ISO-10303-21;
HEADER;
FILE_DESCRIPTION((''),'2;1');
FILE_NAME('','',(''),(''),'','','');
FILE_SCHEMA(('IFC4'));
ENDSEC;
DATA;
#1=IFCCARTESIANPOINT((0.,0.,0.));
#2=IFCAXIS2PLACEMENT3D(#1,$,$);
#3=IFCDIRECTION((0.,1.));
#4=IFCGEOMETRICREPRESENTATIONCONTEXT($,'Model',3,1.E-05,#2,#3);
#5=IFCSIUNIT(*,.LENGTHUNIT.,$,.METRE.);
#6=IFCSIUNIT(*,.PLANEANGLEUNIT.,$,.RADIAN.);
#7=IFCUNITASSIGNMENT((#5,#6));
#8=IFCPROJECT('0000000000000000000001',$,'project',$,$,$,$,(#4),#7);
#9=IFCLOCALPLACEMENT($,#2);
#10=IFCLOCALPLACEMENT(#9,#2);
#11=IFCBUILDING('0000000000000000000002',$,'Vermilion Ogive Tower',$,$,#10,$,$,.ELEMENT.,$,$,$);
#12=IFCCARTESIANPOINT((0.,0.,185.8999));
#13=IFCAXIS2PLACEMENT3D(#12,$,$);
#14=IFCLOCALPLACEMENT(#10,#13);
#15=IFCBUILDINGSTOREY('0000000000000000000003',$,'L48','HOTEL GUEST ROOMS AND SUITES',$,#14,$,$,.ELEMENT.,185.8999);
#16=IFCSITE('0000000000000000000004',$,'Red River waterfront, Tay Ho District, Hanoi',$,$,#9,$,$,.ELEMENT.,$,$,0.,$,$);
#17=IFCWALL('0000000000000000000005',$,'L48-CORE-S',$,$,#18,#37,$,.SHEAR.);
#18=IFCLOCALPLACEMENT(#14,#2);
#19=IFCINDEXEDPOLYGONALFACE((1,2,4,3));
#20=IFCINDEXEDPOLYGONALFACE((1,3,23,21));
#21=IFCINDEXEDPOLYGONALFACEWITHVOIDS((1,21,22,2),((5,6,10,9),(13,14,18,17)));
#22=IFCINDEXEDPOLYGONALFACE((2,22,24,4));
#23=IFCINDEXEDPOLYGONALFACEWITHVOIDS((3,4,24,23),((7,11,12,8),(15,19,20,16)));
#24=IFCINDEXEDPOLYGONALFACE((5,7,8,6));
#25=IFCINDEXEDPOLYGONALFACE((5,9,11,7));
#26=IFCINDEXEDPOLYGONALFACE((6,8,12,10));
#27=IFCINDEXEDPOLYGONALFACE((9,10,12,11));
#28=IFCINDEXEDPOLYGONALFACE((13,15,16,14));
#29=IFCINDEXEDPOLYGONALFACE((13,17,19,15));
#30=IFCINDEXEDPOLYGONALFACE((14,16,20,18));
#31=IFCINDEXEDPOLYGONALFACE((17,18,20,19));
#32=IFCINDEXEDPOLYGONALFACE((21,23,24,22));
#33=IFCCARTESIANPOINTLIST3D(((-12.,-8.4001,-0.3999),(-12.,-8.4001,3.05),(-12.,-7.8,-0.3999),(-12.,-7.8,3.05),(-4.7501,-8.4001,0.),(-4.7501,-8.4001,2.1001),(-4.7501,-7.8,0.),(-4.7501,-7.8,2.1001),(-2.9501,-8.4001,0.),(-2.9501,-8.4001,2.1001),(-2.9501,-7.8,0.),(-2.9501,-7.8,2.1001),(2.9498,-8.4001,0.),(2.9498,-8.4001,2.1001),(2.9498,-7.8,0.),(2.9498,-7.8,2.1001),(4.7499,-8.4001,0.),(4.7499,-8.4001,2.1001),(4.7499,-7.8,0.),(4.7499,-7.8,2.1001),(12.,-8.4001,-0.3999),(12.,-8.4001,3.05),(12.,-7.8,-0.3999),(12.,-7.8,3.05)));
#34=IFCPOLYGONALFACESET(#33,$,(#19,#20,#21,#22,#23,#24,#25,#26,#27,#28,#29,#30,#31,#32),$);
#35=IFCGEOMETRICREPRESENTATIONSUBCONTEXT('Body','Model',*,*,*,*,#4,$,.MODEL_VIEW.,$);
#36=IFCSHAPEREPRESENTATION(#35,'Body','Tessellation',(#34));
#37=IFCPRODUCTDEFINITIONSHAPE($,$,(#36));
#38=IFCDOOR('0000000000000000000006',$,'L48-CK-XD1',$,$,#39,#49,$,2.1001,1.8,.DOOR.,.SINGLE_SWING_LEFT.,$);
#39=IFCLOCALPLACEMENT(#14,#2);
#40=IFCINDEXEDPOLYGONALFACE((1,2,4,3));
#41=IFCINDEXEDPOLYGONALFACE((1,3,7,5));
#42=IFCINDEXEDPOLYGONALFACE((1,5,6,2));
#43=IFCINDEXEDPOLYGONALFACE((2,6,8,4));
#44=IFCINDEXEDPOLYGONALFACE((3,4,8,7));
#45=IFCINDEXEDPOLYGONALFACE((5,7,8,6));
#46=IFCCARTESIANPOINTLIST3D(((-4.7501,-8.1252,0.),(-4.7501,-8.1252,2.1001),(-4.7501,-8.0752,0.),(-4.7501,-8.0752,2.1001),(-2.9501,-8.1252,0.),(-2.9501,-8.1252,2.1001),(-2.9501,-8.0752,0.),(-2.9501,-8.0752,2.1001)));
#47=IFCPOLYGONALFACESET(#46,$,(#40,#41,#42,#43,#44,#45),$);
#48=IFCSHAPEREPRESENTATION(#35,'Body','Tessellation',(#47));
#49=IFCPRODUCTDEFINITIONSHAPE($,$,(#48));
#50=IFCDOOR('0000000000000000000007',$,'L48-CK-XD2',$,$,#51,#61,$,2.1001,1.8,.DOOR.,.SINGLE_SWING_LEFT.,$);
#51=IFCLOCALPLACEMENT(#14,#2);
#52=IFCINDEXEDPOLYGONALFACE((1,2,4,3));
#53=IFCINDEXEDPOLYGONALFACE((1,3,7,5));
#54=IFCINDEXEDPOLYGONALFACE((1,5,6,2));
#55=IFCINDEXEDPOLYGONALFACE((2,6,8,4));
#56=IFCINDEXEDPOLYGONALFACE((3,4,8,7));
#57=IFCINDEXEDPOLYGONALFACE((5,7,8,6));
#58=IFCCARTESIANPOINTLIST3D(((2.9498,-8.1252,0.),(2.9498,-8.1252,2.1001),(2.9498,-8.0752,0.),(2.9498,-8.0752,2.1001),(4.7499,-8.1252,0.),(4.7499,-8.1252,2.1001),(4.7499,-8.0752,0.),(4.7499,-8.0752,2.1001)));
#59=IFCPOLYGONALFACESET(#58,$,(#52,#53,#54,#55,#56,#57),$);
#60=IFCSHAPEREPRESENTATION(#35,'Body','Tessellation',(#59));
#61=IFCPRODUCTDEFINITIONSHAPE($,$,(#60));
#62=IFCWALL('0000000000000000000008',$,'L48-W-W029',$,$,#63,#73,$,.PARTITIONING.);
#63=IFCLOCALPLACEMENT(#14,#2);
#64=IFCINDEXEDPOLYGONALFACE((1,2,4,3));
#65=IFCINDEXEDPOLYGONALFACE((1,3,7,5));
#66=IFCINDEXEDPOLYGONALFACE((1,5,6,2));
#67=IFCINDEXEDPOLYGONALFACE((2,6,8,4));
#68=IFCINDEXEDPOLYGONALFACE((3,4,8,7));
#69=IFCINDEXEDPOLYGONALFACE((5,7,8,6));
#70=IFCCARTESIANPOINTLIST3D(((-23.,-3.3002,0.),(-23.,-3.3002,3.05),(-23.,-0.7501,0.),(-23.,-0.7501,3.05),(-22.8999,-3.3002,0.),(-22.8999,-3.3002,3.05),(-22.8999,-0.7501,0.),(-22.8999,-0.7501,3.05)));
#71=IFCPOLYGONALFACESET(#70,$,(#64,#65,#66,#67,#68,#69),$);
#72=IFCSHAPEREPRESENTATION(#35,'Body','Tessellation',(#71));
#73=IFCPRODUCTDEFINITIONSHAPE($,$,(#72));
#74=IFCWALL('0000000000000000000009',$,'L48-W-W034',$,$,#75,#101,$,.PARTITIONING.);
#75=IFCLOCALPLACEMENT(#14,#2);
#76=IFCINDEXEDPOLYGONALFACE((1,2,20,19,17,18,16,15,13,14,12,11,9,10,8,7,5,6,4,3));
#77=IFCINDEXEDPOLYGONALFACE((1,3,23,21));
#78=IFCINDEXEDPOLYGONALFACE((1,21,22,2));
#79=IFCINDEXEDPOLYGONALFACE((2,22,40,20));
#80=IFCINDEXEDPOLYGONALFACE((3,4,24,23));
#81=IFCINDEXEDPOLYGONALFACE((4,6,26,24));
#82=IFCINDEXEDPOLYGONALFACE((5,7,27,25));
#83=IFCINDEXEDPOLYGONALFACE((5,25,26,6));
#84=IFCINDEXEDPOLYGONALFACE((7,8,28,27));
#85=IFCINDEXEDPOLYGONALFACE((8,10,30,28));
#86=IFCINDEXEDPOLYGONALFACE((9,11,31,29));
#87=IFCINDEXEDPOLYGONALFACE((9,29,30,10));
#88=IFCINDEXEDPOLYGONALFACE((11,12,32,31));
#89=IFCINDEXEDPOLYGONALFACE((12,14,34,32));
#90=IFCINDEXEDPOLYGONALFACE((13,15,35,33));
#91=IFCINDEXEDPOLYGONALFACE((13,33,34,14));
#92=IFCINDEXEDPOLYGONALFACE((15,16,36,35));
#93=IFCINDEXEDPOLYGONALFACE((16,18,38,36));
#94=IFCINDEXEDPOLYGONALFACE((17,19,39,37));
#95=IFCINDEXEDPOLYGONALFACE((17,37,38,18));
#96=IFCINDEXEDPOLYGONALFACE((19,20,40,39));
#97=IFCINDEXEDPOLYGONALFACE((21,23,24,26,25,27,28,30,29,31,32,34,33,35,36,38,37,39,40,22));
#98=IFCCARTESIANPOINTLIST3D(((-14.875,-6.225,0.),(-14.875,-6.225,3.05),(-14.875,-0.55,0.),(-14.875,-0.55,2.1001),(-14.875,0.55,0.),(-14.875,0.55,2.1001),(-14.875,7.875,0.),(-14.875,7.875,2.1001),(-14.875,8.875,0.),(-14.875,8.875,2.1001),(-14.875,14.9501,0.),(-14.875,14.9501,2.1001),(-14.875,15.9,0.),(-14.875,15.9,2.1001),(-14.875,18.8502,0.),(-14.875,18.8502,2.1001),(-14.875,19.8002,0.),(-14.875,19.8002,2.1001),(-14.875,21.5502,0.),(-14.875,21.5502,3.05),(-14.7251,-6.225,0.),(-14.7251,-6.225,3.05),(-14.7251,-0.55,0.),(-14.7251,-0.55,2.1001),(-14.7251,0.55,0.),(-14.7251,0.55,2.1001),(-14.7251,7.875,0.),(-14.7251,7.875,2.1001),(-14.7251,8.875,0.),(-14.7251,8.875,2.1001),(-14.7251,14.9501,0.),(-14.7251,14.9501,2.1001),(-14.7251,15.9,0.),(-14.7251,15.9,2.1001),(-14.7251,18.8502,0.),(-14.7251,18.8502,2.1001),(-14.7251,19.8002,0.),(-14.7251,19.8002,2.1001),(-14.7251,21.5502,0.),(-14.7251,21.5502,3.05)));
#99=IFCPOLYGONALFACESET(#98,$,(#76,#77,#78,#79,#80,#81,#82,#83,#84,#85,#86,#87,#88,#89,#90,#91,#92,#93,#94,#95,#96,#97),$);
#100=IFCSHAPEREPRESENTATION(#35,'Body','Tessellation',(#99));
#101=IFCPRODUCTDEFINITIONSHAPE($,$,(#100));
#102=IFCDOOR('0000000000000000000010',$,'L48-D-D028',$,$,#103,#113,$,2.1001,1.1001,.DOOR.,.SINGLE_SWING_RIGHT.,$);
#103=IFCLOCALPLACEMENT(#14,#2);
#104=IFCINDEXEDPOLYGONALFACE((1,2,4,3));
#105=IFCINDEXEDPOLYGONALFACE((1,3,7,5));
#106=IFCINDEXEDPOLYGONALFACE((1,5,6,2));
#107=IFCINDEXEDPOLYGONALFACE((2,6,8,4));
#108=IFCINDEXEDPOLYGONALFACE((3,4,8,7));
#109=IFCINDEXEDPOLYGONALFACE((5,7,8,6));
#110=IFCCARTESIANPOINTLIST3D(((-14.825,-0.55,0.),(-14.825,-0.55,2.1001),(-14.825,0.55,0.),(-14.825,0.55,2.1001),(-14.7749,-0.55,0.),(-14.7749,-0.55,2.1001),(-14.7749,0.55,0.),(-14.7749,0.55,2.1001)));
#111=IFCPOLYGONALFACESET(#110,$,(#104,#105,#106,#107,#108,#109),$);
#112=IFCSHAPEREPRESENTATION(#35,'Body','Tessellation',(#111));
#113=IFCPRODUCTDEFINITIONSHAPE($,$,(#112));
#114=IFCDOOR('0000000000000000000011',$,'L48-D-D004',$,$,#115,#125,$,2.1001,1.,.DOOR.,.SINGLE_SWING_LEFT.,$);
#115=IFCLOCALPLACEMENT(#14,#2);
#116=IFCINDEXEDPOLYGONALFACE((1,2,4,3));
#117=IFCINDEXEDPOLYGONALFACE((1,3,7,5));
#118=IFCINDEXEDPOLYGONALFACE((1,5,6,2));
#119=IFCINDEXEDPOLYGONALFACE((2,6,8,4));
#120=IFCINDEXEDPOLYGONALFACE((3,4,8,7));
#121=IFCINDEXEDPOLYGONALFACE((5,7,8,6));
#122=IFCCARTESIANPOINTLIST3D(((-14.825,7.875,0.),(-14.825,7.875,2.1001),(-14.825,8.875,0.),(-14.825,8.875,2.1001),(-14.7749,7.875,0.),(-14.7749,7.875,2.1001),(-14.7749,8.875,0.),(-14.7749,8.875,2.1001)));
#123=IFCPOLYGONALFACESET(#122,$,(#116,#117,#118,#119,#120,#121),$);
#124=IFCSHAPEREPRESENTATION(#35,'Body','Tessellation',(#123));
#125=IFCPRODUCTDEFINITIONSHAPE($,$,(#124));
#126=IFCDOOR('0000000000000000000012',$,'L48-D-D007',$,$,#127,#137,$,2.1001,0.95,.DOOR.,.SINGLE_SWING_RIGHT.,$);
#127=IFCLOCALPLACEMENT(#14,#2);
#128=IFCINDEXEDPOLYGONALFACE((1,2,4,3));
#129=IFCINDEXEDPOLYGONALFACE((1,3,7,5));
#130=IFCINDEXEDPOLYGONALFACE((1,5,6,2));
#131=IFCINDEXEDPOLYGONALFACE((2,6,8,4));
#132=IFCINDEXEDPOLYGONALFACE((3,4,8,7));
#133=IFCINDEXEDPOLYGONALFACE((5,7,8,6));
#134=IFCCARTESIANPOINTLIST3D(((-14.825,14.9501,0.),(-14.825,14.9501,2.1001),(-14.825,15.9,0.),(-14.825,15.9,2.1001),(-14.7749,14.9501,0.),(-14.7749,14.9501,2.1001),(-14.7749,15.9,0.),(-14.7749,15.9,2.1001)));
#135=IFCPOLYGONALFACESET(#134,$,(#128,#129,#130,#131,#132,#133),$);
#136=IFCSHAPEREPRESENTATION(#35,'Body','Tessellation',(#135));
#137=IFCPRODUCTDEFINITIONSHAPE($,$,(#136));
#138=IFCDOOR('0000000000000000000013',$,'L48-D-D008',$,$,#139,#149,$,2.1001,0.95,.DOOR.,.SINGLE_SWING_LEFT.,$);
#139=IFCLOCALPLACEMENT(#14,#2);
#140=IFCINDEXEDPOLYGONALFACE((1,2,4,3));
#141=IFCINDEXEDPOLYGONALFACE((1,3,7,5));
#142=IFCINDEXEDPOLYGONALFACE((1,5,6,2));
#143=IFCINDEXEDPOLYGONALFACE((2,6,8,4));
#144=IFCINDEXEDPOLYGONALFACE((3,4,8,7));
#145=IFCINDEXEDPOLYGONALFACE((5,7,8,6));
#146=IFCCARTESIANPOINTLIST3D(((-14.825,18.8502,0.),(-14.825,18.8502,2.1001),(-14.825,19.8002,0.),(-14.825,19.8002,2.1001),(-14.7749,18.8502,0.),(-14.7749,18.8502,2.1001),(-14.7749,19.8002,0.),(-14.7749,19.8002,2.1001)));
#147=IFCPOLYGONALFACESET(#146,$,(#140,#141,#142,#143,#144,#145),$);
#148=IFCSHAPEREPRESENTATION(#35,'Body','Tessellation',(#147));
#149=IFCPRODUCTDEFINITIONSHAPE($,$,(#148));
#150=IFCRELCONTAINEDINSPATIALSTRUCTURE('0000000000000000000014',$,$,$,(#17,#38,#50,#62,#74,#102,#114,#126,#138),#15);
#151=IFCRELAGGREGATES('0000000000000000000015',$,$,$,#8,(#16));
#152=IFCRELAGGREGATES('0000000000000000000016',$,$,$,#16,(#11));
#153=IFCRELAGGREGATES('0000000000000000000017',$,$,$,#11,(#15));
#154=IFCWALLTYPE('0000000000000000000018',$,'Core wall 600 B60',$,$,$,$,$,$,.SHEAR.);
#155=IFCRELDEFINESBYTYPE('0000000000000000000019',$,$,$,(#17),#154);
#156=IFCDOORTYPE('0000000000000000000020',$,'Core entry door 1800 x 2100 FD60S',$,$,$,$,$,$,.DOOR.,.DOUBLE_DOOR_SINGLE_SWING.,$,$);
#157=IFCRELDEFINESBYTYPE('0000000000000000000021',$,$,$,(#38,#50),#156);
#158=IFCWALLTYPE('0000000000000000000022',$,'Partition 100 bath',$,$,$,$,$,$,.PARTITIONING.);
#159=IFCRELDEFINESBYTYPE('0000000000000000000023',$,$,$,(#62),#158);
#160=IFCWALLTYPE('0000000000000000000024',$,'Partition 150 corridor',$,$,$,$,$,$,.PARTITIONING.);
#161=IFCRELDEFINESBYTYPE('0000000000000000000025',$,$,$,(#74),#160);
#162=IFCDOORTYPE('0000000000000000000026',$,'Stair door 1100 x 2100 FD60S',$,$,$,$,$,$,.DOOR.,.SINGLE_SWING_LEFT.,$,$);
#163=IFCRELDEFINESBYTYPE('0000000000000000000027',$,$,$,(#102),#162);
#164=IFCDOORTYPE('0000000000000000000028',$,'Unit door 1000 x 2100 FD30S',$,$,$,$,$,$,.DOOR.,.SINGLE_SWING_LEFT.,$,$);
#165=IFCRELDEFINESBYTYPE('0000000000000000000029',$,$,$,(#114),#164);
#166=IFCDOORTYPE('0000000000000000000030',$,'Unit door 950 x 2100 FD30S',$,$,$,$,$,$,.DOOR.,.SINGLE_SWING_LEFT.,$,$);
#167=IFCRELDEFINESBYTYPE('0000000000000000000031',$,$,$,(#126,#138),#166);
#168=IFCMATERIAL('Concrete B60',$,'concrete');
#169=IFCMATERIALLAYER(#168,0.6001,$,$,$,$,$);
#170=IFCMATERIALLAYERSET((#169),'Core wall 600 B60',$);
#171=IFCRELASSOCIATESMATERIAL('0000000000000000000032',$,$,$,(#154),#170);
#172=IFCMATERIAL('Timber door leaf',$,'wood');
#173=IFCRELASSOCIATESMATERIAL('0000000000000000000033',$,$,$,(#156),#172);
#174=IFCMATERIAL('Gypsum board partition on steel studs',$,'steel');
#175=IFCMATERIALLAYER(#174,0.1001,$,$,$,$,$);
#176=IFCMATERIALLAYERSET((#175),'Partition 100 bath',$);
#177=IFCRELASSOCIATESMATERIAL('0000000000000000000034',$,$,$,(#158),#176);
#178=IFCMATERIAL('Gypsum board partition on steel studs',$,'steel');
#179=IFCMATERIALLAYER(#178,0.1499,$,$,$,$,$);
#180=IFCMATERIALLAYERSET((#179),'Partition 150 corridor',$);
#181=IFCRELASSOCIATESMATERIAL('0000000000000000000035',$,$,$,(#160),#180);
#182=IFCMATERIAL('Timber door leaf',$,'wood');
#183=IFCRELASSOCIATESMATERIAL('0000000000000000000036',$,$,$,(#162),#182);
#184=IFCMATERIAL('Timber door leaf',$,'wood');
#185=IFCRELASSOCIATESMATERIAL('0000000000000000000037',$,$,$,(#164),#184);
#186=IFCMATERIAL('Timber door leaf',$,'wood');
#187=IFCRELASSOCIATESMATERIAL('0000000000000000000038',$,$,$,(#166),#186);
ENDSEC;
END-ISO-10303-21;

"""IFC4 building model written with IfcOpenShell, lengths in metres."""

from ifc_helpers import new_model, si_unit, direction, frame, frame_2d, origin, place, context, subcontext, project, spatial, rectangle, extrude, material, layer, layer_set, type_object, element, fill, save


model = new_model("IFC4")

# Units and contexts
model_context = context("Model", 3, precision=1e-05, world=origin(), true_north=direction((0.0, 1.0)))
body_context = subcontext(model_context, "Body", "Model", "MODEL_VIEW")
ifc_project = project(units=[si_unit("LENGTHUNIT", "METRE"), si_unit("PLANEANGLEUNIT", "RADIAN")], contexts=[model_context])

# Site, building, storey
site_placement = place(None, origin())
site = spatial("IfcSite", under=ifc_project, at=site_placement, Name="Red River waterfront, Tay Ho District, Hanoi", CompositionType="ELEMENT", RefElevation=0.0)
building_placement = place(site_placement, origin())
building = spatial("IfcBuilding", under=site, at=building_placement, Name="Vermilion Ogive Tower", CompositionType="ELEMENT")
storey_placement = place(building_placement, frame((0.0, 0.0, 185.8999)))
storey = spatial("IfcBuildingStorey", under=building, at=storey_placement, Name="L48", Description="HOTEL GUEST ROOMS AND SUITES", CompositionType="ELEMENT", Elevation=185.8999)

# Wall, openings, doors
ifc_material_1 = material(Name="Concrete B60", Category="concrete")
ifc_layer_1 = layer(ifc_material_1, 0.6001)
ifc_layer_set_1 = layer_set([ifc_layer_1], Name="Core wall 600 B60")
wall_type_1 = type_object("IfcWallType", Name="Core wall 600 B60", PredefinedType="SHEAR", material=ifc_layer_set_1)
wall_1_placement = place(storey_placement, frame((-12.0, -8.1001, -0.3999), z_axis=(0.0, 0.0, 1.0), x_axis=(1.0, 0.0, 0.0)))
wall_1 = element("IfcWall", 1, at=wall_1_placement, inside=storey, type_object=wall_type_1, Name="L48-CORE-S", PredefinedType="SHEAR", context=body_context, shape_type="SweptSolid", body=[
    extrude(rectangle(XDim=24.0, YDim=0.6001, at=frame_2d((12.0, 0.0))), origin(), (0.0, 0.0, 1.0), 3.45),
])
opening_1_placement = place(wall_1_placement, frame((7.25, 0.0, 0.3999)))
opening_1 = element("IfcOpeningElement", 2, at=opening_1_placement, cuts=wall_1, PredefinedType="OPENING", context=body_context, shape_type="SweptSolid", body=[
    extrude(rectangle(XDim=1.8, YDim=2.1001, at=frame_2d((0.8999, 1.05))), frame((0.0, 0.3101, 0.0), z_axis=(0.0, -1.0, 0.0), x_axis=(1.0, 0.0, 0.0)), (0.0, 0.0, 1.0), 0.6201),
])
opening_2_placement = place(wall_1_placement, frame((14.95, 0.0, 0.3999)))
opening_2 = element("IfcOpeningElement", 3, at=opening_2_placement, cuts=wall_1, PredefinedType="OPENING", context=body_context, shape_type="SweptSolid", body=[
    extrude(rectangle(XDim=1.8, YDim=2.1001, at=frame_2d((0.8999, 1.05))), frame((0.0, 0.3101, 0.0), z_axis=(0.0, -1.0, 0.0), x_axis=(1.0, 0.0, 0.0)), (0.0, 0.0, 1.0), 0.6201),
])
ifc_material_2 = material(Name="Timber door leaf", Category="wood")
door_type_1 = type_object("IfcDoorType", Name="Core entry door 1800 x 2100 FD60S", OperationType="DOUBLE_DOOR_SINGLE_SWING", PredefinedType="DOOR", material=ifc_material_2)
door_1_placement = place(opening_1_placement, origin())
door_1 = element("IfcDoor", 4, at=door_1_placement, inside=storey, type_object=door_type_1, Name="L48-CK-XD1", OperationType="SINGLE_SWING_LEFT", OverallHeight=2.1001, OverallWidth=1.8, PredefinedType="DOOR", context=body_context, shape_type="SweptSolid", body=[
    extrude(rectangle(XDim=1.8, YDim=2.1001, at=frame_2d((0.8999, 1.05))), frame((0.0, 0.0249, 0.0), z_axis=(0.0, -1.0, 0.0), x_axis=(1.0, 0.0, 0.0)), (0.0, 0.0, 1.0), 0.05),
])
fill(opening_1, door_1)
door_2_placement = place(opening_2_placement, origin())
door_2 = element("IfcDoor", 5, at=door_2_placement, inside=storey, type_object=door_type_1, Name="L48-CK-XD2", OperationType="SINGLE_SWING_LEFT", OverallHeight=2.1001, OverallWidth=1.8, PredefinedType="DOOR", context=body_context, shape_type="SweptSolid", body=[
    extrude(rectangle(XDim=1.8, YDim=2.1001, at=frame_2d((0.8999, 1.05))), frame((0.0, 0.0249, 0.0), z_axis=(0.0, -1.0, 0.0), x_axis=(1.0, 0.0, 0.0)), (0.0, 0.0, 1.0), 0.05),
])
fill(opening_2, door_2)

# Wall
ifc_material_3 = material(Name="Gypsum board partition on steel studs", Category="steel")
ifc_layer_2 = layer(ifc_material_3, 0.1001)
ifc_layer_set_2 = layer_set([ifc_layer_2], Name="Partition 100 bath")
wall_type_2 = type_object("IfcWallType", Name="Partition 100 bath", PredefinedType="PARTITIONING", material=ifc_layer_set_2)
wall_2_placement = place(storey_placement, frame((-22.95, -3.3, 0.0), z_axis=(0.0, 0.0, 1.0), x_axis=(0.0, 1.0, 0.0)))
element("IfcWall", 6, at=wall_2_placement, inside=storey, type_object=wall_type_2, Name="L48-W-W029", PredefinedType="PARTITIONING", context=body_context, shape_type="SweptSolid", body=[
    extrude(rectangle(XDim=2.55, YDim=0.1001, at=frame_2d((1.2749, 0.0))), origin(), (0.0, 0.0, 1.0), 3.05),
])

# Wall, openings, doors
ifc_material_4 = material(Name="Gypsum board partition on steel studs", Category="steel")
ifc_layer_3 = layer(ifc_material_4, 0.1499)
ifc_layer_set_3 = layer_set([ifc_layer_3], Name="Partition 150 corridor")
wall_type_3 = type_object("IfcWallType", Name="Partition 150 corridor", PredefinedType="PARTITIONING", material=ifc_layer_set_3)
wall_3_placement = place(storey_placement, frame((-14.8, -6.2251, 0.0), z_axis=(0.0, 0.0, 1.0), x_axis=(0.0, 1.0, 0.0)))
wall_3 = element("IfcWall", 7, at=wall_3_placement, inside=storey, type_object=wall_type_3, Name="L48-W-W034", PredefinedType="PARTITIONING", context=body_context, shape_type="SweptSolid", body=[
    extrude(rectangle(XDim=27.7751, YDim=0.1499, at=frame_2d((13.8877, 0.0))), origin(), (0.0, 0.0, 1.0), 3.05),
])
opening_3_placement = place(wall_3_placement, frame((14.1001, 0.0, 0.0)))
opening_3 = element("IfcOpeningElement", 8, at=opening_3_placement, cuts=wall_3, PredefinedType="OPENING", context=body_context, shape_type="SweptSolid", body=[
    extrude(rectangle(XDim=1.0, YDim=2.1001, at=frame_2d((0.5, 1.05))), frame((0.0, 0.085, 0.0), z_axis=(0.0, -1.0, 0.0), x_axis=(1.0, 0.0, 0.0)), (0.0, 0.0, 1.0), 0.1699),
])
opening_4_placement = place(wall_3_placement, frame((21.175, 0.0, 0.0)))
opening_4 = element("IfcOpeningElement", 9, at=opening_4_placement, cuts=wall_3, PredefinedType="OPENING", context=body_context, shape_type="SweptSolid", body=[
    extrude(rectangle(XDim=0.95, YDim=2.1001, at=frame_2d((0.4751, 1.05))), frame((0.0, 0.085, 0.0), z_axis=(0.0, -1.0, 0.0), x_axis=(1.0, 0.0, 0.0)), (0.0, 0.0, 1.0), 0.1699),
])
opening_5_placement = place(wall_3_placement, frame((25.0752, 0.0, 0.0)))
opening_5 = element("IfcOpeningElement", 10, at=opening_5_placement, cuts=wall_3, PredefinedType="OPENING", context=body_context, shape_type="SweptSolid", body=[
    extrude(rectangle(XDim=0.95, YDim=2.1001, at=frame_2d((0.4751, 1.05))), frame((0.0, 0.085, 0.0), z_axis=(0.0, -1.0, 0.0), x_axis=(1.0, 0.0, 0.0)), (0.0, 0.0, 1.0), 0.1699),
])
opening_6_placement = place(wall_3_placement, frame((5.675, 0.0, 0.0)))
opening_6 = element("IfcOpeningElement", 11, at=opening_6_placement, cuts=wall_3, PredefinedType="OPENING", context=body_context, shape_type="SweptSolid", body=[
    extrude(rectangle(XDim=1.1001, YDim=2.1001, at=frame_2d((0.55, 1.05))), frame((0.0, 0.085, 0.0), z_axis=(0.0, -1.0, 0.0), x_axis=(1.0, 0.0, 0.0)), (0.0, 0.0, 1.0), 0.1699),
])
ifc_material_5 = material(Name="Timber door leaf", Category="wood")
door_type_2 = type_object("IfcDoorType", Name="Stair door 1100 x 2100 FD60S", OperationType="SINGLE_SWING_LEFT", PredefinedType="DOOR", material=ifc_material_5)
door_3_placement = place(opening_6_placement, origin())
door_3 = element("IfcDoor", 12, at=door_3_placement, inside=storey, type_object=door_type_2, Name="L48-D-D028", OperationType="SINGLE_SWING_RIGHT", OverallHeight=2.1001, OverallWidth=1.1001, PredefinedType="DOOR", context=body_context, shape_type="SweptSolid", body=[
    extrude(rectangle(XDim=1.1001, YDim=2.1001, at=frame_2d((0.55, 1.05))), frame((0.0, 0.0249, 0.0), z_axis=(0.0, -1.0, 0.0), x_axis=(1.0, 0.0, 0.0)), (0.0, 0.0, 1.0), 0.05),
])
fill(opening_6, door_3)
ifc_material_6 = material(Name="Timber door leaf", Category="wood")
door_type_3 = type_object("IfcDoorType", Name="Unit door 1000 x 2100 FD30S", OperationType="SINGLE_SWING_LEFT", PredefinedType="DOOR", material=ifc_material_6)
door_4_placement = place(opening_3_placement, origin())
door_4 = element("IfcDoor", 13, at=door_4_placement, inside=storey, type_object=door_type_3, Name="L48-D-D004", OperationType="SINGLE_SWING_LEFT", OverallHeight=2.1001, OverallWidth=1.0, PredefinedType="DOOR", context=body_context, shape_type="SweptSolid", body=[
    extrude(rectangle(XDim=1.0, YDim=2.1001, at=frame_2d((0.5, 1.05))), frame((0.0, 0.0249, 0.0), z_axis=(0.0, -1.0, 0.0), x_axis=(1.0, 0.0, 0.0)), (0.0, 0.0, 1.0), 0.05),
])
fill(opening_3, door_4)
ifc_material_7 = material(Name="Timber door leaf", Category="wood")
door_type_4 = type_object("IfcDoorType", Name="Unit door 950 x 2100 FD30S", OperationType="SINGLE_SWING_LEFT", PredefinedType="DOOR", material=ifc_material_7)
door_5_placement = place(opening_4_placement, origin())
door_5 = element("IfcDoor", 14, at=door_5_placement, inside=storey, type_object=door_type_4, Name="L48-D-D007", OperationType="SINGLE_SWING_RIGHT", OverallHeight=2.1001, OverallWidth=0.95, PredefinedType="DOOR", context=body_context, shape_type="SweptSolid", body=[
    extrude(rectangle(XDim=0.95, YDim=2.1001, at=frame_2d((0.4751, 1.05))), frame((0.0, 0.0249, 0.0), z_axis=(0.0, -1.0, 0.0), x_axis=(1.0, 0.0, 0.0)), (0.0, 0.0, 1.0), 0.05),
])
fill(opening_4, door_5)
door_6_placement = place(opening_5_placement, origin())
door_6 = element("IfcDoor", 15, at=door_6_placement, inside=storey, type_object=door_type_4, Name="L48-D-D008", OperationType="SINGLE_SWING_LEFT", OverallHeight=2.1001, OverallWidth=0.95, PredefinedType="DOOR", context=body_context, shape_type="SweptSolid", body=[
    extrude(rectangle(XDim=0.95, YDim=2.1001, at=frame_2d((0.4751, 1.05))), frame((0.0, 0.0249, 0.0), z_axis=(0.0, -1.0, 0.0), x_axis=(1.0, 0.0, 0.0)), (0.0, 0.0, 1.0), 0.05),
])
fill(opening_5, door_6)

save(model, "model.ifc")
